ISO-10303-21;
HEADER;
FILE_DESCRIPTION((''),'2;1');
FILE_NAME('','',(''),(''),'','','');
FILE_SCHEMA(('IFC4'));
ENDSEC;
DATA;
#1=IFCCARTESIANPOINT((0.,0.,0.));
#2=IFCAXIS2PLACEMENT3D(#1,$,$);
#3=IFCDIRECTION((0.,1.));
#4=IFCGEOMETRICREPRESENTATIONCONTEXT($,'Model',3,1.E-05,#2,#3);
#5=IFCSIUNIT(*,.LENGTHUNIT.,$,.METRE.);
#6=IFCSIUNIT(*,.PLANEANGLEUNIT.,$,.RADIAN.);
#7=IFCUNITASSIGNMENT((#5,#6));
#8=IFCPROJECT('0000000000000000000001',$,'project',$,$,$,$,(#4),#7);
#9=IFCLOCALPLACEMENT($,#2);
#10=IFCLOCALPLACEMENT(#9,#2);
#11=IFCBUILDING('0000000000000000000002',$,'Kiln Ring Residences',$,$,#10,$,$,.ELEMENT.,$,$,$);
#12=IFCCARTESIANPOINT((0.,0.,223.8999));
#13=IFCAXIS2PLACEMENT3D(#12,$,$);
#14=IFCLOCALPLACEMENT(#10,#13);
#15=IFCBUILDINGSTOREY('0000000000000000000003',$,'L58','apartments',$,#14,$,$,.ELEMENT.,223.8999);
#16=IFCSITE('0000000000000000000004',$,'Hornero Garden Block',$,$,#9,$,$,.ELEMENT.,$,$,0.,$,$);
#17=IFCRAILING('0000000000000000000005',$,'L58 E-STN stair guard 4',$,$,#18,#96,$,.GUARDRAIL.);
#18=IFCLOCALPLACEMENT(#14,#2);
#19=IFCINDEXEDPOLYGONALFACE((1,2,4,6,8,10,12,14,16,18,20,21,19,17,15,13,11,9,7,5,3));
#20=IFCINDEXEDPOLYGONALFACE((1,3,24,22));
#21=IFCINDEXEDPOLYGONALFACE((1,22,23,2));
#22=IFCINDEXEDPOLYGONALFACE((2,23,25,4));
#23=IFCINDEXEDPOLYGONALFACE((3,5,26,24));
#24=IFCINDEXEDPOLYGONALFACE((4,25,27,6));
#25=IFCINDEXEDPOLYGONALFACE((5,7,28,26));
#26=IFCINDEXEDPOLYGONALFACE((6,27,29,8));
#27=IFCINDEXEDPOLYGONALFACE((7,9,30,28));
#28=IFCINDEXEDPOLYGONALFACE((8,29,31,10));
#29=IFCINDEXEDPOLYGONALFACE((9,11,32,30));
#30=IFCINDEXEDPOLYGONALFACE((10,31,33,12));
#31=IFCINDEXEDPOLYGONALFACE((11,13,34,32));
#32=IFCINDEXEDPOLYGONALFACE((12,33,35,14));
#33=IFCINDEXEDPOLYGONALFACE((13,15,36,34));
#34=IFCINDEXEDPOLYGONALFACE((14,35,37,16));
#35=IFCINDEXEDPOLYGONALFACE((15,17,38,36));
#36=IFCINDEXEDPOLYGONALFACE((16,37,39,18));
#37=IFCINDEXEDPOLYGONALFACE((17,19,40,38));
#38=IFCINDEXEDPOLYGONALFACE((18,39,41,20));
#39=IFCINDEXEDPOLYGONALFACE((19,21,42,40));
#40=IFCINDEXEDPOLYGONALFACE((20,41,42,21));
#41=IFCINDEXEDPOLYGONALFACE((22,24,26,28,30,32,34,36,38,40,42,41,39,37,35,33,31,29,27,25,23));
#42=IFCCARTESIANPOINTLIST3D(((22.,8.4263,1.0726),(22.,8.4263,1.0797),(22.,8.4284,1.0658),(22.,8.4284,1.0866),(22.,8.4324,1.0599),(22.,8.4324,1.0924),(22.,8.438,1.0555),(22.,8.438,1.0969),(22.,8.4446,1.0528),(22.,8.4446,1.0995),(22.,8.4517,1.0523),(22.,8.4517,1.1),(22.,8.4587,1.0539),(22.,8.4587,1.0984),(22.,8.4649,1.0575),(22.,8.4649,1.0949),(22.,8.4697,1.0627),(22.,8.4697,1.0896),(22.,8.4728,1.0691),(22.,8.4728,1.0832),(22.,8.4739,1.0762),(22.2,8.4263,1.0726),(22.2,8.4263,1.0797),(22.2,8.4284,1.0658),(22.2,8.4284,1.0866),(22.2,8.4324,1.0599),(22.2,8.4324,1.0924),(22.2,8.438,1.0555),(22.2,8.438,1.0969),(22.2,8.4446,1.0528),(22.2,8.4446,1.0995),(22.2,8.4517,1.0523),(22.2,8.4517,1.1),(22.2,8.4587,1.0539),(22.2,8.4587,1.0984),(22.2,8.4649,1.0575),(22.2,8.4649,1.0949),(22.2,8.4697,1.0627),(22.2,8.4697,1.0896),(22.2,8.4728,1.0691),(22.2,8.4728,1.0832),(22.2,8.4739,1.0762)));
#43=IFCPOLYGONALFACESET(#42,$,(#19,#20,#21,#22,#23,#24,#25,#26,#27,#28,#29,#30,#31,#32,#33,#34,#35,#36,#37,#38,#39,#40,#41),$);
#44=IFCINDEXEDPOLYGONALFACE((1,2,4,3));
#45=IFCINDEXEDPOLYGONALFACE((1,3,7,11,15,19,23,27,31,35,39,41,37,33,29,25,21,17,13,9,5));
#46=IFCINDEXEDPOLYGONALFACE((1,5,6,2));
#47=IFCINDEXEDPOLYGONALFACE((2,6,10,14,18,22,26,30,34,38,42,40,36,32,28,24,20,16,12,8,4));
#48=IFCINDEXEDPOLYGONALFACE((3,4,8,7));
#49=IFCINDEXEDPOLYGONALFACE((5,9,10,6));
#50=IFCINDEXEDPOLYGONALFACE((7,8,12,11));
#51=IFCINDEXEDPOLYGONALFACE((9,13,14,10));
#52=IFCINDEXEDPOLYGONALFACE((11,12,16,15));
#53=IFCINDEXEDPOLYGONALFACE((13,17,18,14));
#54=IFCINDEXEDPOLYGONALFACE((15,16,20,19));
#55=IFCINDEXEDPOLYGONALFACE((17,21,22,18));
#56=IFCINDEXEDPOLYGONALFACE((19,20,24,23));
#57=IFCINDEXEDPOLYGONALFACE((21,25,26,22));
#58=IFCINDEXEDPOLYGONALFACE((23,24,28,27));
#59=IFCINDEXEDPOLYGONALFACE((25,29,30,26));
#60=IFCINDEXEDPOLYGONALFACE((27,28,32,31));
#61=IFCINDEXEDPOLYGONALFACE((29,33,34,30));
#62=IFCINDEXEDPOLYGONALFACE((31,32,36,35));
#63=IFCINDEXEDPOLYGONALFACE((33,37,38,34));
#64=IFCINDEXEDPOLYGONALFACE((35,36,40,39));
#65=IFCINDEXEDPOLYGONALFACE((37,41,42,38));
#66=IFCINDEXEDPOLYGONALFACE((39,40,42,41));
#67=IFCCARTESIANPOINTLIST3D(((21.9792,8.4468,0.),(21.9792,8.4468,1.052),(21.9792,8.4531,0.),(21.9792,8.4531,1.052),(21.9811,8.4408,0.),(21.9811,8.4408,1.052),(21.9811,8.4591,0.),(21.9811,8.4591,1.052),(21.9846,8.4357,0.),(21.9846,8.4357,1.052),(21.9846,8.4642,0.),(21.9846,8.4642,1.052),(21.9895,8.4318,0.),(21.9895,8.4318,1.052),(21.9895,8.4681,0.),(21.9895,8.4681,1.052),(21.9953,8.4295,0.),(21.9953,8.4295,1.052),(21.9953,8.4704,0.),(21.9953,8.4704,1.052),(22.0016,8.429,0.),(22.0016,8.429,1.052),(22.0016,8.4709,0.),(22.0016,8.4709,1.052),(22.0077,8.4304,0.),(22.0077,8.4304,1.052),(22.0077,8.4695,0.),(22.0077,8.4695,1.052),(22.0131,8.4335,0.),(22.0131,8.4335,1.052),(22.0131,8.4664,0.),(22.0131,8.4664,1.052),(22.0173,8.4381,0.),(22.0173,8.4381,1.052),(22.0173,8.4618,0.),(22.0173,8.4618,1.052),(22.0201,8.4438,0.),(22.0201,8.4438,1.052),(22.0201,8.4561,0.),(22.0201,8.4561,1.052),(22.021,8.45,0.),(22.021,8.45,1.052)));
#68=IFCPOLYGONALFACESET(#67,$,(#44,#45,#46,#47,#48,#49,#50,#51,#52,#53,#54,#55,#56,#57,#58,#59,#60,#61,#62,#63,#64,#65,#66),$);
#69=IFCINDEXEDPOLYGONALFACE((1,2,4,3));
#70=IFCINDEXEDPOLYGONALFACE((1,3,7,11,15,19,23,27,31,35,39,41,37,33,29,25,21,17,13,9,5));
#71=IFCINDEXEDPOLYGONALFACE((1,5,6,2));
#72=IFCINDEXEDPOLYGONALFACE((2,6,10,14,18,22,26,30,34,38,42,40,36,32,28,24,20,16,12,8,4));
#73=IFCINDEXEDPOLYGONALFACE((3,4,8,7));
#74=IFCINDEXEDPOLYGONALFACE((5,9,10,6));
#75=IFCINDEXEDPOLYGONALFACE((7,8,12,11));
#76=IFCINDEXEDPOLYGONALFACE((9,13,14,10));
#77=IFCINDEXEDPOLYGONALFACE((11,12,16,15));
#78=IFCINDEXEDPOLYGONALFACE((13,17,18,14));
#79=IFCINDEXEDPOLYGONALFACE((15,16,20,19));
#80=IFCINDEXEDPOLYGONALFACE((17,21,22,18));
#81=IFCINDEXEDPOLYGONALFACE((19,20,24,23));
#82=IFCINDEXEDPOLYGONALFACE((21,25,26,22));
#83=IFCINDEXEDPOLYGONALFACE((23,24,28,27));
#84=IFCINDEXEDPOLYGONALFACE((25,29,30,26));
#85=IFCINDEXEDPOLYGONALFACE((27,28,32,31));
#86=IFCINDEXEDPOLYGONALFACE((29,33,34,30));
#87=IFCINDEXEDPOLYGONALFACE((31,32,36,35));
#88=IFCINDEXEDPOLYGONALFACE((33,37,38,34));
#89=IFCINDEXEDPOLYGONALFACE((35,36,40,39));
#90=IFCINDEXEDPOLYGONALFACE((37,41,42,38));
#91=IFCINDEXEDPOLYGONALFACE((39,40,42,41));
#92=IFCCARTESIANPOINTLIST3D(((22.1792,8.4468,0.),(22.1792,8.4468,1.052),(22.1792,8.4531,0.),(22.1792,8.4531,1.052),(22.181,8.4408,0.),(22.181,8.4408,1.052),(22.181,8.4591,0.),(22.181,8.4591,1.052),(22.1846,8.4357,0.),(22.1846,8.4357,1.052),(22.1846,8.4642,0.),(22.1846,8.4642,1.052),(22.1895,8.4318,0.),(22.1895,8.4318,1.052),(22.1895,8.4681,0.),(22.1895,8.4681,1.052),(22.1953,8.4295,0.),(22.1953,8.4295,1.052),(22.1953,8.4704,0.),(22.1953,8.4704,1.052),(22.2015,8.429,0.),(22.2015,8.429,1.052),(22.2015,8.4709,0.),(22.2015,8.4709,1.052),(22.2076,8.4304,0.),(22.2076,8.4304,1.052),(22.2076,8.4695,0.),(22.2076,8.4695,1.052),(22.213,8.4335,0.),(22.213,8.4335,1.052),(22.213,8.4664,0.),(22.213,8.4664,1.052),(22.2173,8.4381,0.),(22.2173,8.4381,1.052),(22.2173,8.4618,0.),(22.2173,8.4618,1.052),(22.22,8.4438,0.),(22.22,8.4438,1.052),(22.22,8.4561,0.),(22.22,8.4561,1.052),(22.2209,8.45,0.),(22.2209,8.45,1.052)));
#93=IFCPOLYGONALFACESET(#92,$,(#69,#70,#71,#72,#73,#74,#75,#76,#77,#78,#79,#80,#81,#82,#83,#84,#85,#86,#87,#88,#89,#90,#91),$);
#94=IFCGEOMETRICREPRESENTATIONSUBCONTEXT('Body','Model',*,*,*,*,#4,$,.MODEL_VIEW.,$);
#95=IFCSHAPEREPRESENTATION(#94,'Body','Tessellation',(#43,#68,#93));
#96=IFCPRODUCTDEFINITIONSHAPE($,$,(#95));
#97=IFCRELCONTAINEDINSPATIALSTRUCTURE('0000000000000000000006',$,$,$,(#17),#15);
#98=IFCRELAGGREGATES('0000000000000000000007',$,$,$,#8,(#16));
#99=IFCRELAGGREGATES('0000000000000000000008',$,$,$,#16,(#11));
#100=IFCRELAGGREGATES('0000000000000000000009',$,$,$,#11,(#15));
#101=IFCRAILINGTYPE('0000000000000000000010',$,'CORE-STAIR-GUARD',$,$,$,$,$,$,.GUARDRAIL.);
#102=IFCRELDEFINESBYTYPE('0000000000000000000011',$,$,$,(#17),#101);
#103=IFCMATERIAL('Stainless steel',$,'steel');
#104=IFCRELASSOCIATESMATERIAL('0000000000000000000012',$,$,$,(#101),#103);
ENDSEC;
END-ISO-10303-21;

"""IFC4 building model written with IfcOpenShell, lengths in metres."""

from ifc_helpers import new_model, si_unit, direction, frame, origin, origin_2d, place, context, subcontext, project, spatial, circle, extrude, material, type_object, element, save


model = new_model("IFC4")

# Units and contexts
model_context = context("Model", 3, precision=1e-05, world=origin(), true_north=direction((0.0, 1.0)))
body_context = subcontext(model_context, "Body", "Model", "MODEL_VIEW")
ifc_project = project(units=[si_unit("LENGTHUNIT", "METRE"), si_unit("PLANEANGLEUNIT", "RADIAN")], contexts=[model_context])

# Site, building, storey
site_placement = place(None, origin())
site = spatial("IfcSite", under=ifc_project, at=site_placement, Name="Hornero Garden Block", CompositionType="ELEMENT", RefElevation=0.0)
building_placement = place(site_placement, origin())
building = spatial("IfcBuilding", under=site, at=building_placement, Name="Kiln Ring Residences", CompositionType="ELEMENT")
storey_placement = place(building_placement, frame((0.0, 0.0, 223.8999)))
storey = spatial("IfcBuildingStorey", under=building, at=storey_placement, Name="L58", Description="apartments", CompositionType="ELEMENT", Elevation=223.8999)

# Railing
ifc_material_1 = material(Name="Stainless steel", Category="steel")
railing_type = type_object("IfcRailingType", Name="CORE-STAIR-GUARD", PredefinedType="GUARDRAIL", material=ifc_material_1)
railing_placement = place(storey_placement, frame((22.0, 8.45, 0.0)))
element("IfcRailing", 1, at=railing_placement, inside=storey, type_object=railing_type, Name="L58 E-STN stair guard 4", PredefinedType="GUARDRAIL", context=body_context, shape_type="SweptSolid", body=[
    extrude(circle(Radius=0.0239, at=origin_2d()), frame((0.0, 0.0, 1.0762), z_axis=(1.0, 0.0, 0.0), x_axis=(0.0, 1.0, 0.0)), (0.0, 0.0, 1.0), 0.2),
    extrude(circle(Radius=0.021, at=origin_2d()), origin(), (0.0, 0.0, 1.0), 1.052),
    extrude(circle(Radius=0.021, at=origin_2d()), frame((0.2, 0.0, 0.0)), (0.0, 0.0, 1.0), 1.052),
])

save(model, "model.ifc")
